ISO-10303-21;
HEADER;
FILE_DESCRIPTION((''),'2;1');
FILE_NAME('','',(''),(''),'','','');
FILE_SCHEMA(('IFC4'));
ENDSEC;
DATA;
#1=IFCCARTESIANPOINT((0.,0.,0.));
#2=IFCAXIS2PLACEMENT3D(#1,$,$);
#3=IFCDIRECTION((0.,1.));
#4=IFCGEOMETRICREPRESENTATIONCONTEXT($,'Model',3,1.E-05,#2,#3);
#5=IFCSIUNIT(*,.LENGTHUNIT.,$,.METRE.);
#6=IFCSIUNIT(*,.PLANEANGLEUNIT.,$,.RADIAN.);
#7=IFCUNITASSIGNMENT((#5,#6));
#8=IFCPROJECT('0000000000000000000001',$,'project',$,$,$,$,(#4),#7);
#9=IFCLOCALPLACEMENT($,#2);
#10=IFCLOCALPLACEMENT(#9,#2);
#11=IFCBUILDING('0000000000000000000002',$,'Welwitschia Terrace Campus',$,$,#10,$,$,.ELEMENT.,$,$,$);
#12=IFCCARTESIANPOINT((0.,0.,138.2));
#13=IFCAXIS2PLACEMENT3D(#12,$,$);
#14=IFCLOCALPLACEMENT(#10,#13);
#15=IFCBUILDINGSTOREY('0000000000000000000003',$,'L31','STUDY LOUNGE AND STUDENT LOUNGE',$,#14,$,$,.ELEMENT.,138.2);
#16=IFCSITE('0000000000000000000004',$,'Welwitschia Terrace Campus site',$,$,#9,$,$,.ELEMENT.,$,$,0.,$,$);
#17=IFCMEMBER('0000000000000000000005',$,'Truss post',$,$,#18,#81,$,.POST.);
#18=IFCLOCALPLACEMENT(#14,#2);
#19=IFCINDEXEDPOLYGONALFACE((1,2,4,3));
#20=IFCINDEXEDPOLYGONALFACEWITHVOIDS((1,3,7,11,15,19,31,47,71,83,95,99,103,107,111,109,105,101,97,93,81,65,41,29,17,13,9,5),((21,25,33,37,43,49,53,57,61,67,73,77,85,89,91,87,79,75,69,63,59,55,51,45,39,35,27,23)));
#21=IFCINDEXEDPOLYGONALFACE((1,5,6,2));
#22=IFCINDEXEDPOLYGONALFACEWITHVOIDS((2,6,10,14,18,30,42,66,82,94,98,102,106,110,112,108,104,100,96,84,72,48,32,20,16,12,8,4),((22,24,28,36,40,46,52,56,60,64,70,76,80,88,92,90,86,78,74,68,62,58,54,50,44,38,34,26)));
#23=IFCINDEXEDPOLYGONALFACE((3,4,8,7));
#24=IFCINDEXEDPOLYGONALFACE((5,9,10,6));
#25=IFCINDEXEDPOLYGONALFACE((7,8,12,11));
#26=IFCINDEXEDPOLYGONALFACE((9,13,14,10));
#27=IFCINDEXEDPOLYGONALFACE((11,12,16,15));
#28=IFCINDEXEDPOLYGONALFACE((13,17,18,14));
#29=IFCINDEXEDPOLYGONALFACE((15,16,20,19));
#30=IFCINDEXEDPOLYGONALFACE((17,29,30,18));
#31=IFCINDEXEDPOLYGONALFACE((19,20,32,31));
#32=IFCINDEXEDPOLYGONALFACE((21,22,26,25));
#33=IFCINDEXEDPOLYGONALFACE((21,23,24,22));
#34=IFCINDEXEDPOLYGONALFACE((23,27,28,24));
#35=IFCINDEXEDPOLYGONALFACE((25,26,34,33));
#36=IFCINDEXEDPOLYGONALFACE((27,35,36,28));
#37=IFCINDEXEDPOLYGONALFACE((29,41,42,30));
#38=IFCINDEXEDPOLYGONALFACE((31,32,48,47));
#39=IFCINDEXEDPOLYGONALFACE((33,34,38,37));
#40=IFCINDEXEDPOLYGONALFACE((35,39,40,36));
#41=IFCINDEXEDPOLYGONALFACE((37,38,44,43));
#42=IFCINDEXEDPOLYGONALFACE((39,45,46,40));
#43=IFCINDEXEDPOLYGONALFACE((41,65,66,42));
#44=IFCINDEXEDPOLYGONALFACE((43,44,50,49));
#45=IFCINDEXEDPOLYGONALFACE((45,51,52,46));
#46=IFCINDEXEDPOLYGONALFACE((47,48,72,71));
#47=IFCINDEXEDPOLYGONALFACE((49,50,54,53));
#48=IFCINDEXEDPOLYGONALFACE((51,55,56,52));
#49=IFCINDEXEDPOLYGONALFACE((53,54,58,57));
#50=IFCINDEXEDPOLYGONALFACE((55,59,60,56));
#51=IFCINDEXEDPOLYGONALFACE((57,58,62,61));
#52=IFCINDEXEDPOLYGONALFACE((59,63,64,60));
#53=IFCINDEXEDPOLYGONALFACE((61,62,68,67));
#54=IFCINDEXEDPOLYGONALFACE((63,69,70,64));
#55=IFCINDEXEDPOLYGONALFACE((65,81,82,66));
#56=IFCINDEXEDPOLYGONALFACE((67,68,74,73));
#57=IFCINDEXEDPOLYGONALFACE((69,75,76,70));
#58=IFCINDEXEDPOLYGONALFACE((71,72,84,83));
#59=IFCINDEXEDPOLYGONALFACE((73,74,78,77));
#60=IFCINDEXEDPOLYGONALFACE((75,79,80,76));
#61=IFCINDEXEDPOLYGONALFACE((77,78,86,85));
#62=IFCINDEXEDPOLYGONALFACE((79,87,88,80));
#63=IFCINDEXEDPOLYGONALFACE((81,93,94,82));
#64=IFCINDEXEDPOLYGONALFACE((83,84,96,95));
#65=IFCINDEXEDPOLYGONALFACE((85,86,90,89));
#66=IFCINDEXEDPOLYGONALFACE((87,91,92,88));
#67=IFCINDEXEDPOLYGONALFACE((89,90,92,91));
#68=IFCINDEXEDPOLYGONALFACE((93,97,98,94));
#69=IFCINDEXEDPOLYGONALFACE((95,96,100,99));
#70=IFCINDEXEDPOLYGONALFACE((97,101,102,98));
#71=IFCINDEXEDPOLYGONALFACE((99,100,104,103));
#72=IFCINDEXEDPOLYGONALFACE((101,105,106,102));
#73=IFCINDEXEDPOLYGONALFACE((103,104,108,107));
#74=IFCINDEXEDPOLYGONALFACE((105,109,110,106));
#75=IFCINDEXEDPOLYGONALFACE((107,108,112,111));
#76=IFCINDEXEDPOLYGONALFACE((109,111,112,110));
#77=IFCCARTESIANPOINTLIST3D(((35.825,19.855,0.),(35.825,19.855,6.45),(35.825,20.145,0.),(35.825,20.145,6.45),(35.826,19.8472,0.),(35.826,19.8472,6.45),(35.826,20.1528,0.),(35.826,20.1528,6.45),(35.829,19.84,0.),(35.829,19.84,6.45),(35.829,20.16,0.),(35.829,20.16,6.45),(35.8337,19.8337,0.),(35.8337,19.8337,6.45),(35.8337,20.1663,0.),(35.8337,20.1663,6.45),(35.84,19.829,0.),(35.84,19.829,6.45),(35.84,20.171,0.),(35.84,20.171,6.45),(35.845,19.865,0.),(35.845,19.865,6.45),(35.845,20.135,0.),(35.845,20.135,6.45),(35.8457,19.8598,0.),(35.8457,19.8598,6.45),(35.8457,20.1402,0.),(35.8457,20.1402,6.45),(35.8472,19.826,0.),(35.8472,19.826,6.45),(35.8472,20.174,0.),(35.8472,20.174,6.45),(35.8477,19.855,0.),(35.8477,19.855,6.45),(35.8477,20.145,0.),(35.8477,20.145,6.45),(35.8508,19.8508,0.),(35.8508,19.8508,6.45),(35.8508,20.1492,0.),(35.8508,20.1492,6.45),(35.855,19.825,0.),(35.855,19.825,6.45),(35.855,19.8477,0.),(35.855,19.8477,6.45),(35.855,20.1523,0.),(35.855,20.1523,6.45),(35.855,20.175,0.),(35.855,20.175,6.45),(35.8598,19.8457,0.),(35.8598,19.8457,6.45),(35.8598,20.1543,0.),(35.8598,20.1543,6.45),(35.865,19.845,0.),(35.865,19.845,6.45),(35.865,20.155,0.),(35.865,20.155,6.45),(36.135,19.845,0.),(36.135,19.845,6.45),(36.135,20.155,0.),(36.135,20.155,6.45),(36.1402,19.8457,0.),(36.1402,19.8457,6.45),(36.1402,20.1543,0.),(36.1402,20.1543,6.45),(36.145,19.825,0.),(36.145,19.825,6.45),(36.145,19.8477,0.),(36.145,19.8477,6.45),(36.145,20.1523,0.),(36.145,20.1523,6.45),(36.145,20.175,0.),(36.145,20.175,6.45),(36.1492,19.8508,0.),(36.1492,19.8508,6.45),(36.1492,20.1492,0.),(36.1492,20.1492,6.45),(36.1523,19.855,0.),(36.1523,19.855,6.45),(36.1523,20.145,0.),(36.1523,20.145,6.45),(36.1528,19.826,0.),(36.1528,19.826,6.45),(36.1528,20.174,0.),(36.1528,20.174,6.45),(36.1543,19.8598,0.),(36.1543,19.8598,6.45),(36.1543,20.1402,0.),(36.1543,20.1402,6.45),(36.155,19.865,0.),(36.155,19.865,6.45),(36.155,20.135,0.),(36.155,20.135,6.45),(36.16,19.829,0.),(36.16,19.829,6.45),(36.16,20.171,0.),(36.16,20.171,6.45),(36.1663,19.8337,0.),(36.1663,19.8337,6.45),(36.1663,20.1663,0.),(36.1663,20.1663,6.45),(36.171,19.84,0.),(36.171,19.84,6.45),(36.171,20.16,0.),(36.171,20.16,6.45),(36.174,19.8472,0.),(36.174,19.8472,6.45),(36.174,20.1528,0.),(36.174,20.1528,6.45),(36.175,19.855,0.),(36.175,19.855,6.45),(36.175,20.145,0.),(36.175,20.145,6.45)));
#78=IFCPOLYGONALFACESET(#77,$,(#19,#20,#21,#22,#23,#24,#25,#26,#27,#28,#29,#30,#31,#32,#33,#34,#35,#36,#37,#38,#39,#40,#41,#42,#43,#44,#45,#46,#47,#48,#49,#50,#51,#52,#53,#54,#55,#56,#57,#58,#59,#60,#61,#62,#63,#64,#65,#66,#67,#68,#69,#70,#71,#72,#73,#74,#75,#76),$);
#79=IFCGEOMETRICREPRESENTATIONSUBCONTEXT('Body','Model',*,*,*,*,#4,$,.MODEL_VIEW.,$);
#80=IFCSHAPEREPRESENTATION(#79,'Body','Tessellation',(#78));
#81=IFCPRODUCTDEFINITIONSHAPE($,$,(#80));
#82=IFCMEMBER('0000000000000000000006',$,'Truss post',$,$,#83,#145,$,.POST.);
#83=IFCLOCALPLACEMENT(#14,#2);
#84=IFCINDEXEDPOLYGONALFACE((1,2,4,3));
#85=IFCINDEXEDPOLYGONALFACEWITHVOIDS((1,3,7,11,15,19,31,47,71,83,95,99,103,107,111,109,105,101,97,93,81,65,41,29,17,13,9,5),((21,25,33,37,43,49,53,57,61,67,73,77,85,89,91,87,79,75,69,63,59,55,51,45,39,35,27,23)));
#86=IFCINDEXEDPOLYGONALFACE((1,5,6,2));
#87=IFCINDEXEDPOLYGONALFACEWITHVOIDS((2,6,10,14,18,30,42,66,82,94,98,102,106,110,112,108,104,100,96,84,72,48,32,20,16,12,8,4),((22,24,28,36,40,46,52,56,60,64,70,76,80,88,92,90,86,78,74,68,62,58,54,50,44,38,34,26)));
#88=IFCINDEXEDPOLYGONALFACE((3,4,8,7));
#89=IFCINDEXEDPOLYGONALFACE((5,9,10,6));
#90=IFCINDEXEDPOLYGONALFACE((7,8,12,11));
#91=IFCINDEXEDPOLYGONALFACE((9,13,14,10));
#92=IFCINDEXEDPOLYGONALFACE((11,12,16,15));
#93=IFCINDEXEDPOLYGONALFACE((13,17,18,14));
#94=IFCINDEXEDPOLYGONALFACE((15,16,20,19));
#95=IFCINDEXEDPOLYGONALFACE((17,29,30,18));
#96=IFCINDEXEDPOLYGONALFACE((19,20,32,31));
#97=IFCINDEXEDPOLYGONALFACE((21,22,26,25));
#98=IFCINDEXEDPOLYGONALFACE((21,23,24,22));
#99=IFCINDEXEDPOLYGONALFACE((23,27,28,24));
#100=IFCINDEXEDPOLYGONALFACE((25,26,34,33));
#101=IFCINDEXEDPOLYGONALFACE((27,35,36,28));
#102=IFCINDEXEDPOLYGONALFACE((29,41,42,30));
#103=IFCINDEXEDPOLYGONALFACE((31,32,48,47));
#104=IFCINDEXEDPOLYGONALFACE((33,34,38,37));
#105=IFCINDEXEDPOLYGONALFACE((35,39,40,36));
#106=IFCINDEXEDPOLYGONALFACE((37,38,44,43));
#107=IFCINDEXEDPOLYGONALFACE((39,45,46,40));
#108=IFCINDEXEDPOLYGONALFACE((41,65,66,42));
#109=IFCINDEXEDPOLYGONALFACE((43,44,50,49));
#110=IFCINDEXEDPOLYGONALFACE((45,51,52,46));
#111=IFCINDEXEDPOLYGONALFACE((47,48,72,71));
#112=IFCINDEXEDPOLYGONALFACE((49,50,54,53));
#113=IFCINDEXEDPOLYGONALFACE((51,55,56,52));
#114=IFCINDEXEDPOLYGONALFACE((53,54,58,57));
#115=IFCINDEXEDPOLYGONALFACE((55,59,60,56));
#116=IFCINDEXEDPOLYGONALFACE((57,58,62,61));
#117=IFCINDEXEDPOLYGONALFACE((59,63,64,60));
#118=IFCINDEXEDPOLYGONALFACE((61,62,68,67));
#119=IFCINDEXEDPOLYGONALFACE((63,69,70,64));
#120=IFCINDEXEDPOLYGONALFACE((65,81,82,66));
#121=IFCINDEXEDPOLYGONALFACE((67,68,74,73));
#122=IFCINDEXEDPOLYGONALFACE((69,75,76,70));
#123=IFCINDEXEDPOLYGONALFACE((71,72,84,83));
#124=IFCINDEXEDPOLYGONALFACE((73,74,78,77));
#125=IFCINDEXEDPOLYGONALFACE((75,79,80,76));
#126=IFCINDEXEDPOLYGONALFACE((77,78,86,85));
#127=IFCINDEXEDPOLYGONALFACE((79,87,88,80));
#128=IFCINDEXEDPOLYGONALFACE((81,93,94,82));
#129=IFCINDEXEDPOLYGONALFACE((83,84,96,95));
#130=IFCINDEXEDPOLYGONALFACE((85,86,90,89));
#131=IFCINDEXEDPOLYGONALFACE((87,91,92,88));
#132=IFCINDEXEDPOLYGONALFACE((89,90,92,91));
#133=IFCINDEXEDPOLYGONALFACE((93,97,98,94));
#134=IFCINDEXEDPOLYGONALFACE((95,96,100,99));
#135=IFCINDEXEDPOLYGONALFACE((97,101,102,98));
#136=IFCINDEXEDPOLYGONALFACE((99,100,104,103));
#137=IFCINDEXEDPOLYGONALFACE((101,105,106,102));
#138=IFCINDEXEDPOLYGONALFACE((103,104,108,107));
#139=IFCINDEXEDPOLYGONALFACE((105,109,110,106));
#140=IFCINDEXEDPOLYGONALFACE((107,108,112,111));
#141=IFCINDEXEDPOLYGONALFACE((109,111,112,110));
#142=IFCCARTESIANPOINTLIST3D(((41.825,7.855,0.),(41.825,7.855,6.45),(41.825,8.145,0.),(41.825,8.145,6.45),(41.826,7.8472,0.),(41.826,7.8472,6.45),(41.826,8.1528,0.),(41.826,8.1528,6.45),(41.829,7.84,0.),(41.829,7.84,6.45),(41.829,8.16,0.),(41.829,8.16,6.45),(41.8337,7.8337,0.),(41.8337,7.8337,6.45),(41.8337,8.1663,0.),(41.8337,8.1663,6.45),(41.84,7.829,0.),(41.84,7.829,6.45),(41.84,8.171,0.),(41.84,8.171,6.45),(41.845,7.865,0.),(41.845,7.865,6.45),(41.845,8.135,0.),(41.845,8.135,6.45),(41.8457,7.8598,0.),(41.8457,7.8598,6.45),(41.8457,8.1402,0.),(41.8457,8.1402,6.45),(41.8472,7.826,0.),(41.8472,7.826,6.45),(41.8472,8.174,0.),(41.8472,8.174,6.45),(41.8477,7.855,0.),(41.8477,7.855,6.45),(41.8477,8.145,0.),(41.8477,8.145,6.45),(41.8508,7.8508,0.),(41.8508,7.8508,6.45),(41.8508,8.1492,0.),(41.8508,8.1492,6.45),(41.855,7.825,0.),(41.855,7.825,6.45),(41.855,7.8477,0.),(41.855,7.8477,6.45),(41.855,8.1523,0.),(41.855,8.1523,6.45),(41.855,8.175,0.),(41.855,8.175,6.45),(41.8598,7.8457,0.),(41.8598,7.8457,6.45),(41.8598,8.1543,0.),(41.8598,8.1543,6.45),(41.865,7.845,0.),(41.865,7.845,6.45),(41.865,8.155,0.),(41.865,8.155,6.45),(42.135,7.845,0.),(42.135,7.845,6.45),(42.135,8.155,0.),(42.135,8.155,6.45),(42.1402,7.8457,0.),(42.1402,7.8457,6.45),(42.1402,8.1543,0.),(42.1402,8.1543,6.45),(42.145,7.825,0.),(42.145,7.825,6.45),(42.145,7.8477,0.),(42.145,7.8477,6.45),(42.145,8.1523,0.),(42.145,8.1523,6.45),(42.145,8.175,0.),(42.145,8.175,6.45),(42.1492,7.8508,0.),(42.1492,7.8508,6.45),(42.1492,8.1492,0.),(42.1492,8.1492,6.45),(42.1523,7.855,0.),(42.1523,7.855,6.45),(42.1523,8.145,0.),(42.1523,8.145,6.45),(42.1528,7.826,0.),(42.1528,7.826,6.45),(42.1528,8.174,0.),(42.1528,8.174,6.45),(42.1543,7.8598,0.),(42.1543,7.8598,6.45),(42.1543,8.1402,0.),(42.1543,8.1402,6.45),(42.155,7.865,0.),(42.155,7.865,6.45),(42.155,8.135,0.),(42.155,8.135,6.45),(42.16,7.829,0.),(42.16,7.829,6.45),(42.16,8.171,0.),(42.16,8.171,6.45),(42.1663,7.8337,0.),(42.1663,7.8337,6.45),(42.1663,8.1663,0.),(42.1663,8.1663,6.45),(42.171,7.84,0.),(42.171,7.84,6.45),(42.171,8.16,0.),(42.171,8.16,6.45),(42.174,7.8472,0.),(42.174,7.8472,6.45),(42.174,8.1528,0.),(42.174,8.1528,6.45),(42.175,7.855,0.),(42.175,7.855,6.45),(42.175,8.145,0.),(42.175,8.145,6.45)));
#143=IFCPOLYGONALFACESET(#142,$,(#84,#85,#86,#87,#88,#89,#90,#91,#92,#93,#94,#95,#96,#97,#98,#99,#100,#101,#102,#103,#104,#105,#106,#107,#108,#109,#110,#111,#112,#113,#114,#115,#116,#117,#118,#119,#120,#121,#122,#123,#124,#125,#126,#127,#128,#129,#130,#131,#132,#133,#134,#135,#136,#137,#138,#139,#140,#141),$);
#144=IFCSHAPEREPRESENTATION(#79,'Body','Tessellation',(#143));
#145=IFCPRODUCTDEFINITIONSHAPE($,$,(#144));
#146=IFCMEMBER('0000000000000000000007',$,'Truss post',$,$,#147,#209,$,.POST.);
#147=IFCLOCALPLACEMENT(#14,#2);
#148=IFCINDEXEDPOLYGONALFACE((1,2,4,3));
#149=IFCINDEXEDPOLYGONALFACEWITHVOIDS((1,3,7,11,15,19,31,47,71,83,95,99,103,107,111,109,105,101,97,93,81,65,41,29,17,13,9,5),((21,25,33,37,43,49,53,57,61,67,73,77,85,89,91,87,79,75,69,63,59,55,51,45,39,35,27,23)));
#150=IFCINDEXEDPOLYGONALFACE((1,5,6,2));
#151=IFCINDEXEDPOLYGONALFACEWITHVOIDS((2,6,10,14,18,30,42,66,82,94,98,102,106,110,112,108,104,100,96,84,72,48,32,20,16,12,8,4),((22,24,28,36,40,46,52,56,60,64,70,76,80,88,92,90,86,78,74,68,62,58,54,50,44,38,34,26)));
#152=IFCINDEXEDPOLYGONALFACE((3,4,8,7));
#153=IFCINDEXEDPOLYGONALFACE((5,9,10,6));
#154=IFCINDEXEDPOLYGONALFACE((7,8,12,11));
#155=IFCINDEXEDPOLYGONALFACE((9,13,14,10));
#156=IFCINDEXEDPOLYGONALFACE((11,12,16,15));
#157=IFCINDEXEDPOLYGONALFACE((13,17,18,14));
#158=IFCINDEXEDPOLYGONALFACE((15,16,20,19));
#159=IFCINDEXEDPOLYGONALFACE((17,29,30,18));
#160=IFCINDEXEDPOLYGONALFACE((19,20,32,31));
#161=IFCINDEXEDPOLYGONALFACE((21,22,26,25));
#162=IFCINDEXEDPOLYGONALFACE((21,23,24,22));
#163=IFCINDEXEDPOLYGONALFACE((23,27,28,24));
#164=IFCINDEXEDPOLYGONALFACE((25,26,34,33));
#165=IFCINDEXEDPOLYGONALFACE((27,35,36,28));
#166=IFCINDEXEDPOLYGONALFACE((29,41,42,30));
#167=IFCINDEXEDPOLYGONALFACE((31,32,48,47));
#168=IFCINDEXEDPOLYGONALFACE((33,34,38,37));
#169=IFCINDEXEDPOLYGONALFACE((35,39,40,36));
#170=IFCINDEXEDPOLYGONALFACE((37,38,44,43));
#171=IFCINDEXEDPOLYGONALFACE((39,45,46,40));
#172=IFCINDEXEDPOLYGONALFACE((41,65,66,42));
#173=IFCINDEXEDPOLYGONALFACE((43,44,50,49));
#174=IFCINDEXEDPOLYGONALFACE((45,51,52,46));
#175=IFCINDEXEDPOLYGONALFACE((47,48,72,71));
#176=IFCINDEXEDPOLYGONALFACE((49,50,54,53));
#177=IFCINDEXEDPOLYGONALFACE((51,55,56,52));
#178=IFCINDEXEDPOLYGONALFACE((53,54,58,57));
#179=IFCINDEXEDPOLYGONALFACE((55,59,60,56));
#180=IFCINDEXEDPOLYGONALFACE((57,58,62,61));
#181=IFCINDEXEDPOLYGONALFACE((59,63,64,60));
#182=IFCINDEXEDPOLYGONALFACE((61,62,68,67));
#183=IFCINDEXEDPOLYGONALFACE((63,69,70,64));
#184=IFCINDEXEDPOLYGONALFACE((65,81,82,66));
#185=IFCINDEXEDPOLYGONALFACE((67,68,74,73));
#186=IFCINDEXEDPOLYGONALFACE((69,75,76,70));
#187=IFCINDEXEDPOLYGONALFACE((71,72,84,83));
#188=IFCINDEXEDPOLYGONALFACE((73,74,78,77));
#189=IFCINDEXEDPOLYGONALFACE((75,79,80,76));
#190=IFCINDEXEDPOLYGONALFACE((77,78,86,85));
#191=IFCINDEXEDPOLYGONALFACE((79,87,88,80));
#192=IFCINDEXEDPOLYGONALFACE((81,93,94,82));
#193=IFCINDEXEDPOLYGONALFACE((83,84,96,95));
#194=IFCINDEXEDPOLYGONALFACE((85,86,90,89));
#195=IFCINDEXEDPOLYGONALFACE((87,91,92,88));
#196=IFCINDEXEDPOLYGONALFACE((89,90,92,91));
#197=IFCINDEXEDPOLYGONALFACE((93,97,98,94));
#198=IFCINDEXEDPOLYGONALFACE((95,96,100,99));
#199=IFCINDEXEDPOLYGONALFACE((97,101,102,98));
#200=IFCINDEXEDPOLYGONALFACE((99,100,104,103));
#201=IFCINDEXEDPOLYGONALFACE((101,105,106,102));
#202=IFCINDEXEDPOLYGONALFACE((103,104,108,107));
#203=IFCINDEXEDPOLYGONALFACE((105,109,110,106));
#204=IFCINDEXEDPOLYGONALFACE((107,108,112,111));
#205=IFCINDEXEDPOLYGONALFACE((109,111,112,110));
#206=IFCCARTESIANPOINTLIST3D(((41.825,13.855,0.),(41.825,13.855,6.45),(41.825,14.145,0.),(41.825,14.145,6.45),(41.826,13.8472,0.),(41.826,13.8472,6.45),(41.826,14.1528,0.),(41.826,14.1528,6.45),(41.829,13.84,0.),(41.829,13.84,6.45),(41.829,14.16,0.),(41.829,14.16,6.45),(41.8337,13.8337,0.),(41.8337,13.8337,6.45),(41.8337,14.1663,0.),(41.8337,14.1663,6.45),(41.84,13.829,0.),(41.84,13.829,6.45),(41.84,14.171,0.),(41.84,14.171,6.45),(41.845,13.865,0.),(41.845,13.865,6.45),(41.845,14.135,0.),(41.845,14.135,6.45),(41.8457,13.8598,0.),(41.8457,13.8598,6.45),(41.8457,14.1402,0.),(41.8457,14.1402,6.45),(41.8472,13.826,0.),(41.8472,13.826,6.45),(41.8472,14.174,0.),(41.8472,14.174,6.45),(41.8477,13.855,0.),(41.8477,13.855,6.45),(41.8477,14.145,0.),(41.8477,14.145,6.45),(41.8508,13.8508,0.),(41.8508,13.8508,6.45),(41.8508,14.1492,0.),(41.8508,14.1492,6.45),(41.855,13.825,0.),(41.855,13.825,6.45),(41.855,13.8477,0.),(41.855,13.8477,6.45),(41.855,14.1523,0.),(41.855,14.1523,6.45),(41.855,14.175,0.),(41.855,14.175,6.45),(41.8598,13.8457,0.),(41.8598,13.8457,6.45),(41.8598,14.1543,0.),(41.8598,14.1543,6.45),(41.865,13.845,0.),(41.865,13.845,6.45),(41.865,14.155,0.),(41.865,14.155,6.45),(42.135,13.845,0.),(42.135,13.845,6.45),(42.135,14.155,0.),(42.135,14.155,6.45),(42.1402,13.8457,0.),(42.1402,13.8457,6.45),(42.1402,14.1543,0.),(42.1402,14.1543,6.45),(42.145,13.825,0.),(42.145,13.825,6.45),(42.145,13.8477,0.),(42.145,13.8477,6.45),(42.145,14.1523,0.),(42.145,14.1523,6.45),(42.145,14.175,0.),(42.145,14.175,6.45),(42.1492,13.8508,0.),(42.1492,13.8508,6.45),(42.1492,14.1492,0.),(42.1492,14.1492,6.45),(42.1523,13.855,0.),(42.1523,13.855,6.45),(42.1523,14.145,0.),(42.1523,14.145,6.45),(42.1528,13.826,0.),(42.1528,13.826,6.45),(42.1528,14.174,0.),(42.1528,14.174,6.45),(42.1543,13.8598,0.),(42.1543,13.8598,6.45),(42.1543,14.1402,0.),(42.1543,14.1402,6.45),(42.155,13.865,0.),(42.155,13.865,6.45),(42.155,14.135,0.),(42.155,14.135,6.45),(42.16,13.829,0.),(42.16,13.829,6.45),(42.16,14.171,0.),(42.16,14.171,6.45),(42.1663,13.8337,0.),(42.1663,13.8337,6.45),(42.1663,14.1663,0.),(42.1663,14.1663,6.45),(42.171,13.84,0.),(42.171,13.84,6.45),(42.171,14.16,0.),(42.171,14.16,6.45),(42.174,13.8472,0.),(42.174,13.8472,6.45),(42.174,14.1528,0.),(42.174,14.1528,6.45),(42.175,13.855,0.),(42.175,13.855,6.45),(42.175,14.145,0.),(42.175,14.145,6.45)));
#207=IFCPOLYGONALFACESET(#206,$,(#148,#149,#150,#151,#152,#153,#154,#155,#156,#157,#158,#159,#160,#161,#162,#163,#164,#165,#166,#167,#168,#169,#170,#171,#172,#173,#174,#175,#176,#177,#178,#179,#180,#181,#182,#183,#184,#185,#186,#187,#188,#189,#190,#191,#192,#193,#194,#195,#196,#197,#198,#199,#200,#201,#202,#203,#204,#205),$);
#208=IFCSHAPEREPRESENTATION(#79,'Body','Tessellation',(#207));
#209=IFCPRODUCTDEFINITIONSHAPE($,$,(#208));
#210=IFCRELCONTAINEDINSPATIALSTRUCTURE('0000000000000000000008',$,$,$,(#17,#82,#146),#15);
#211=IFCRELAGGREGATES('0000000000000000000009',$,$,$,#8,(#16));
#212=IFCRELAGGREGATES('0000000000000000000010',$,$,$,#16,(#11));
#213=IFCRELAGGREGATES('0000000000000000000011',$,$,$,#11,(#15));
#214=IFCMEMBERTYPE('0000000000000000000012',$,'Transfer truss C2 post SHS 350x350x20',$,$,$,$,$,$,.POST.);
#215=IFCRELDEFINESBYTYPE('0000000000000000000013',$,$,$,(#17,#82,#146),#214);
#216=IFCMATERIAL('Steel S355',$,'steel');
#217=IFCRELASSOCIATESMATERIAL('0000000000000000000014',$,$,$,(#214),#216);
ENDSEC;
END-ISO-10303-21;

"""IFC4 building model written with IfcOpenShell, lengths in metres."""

from ifc_helpers import new_model, si_unit, direction, frame, origin, origin_2d, place, context, subcontext, project, spatial, hollow_rectangle, extrude, material, material_profile, profile_set, type_object, element, save


model = new_model("IFC4")

# Units and contexts
model_context = context("Model", 3, precision=1e-05, world=origin(), true_north=direction((0.0, 1.0)))
body_context = subcontext(model_context, "Body", "Model", "MODEL_VIEW")
ifc_project = project(units=[si_unit("LENGTHUNIT", "METRE"), si_unit("PLANEANGLEUNIT", "RADIAN")], contexts=[model_context])

# Site, building, storey
site_placement = place(None, origin())
site = spatial("IfcSite", under=ifc_project, at=site_placement, Name="Welwitschia Terrace Campus site", CompositionType="ELEMENT", RefElevation=0.0)
building_placement = place(site_placement, origin())
building = spatial("IfcBuilding", under=site, at=building_placement, Name="Welwitschia Terrace Campus", CompositionType="ELEMENT")
storey_placement = place(building_placement, frame((0.0, 0.0, 138.2)))
storey = spatial("IfcBuildingStorey", under=building, at=storey_placement, Name="L31", Description="STUDY LOUNGE AND STUDENT LOUNGE", CompositionType="ELEMENT", Elevation=138.2)

# Members
ifc_material_1 = material(Name="Steel S355", Category="steel")
ifc_material_profile_1 = material_profile(ifc_material_1, hollow_rectangle(XDim=0.3501, YDim=0.3501, WallThickness=0.02, InnerFilletRadius=0.02, OuterFilletRadius=0.03, at=origin_2d()))
ifc_profile_set_1 = profile_set([ifc_material_profile_1], Name="Steel S355")
member_type_1 = type_object("IfcMemberType", Name="Transfer truss C2 post SHS 350x350x20", PredefinedType="POST", material=ifc_profile_set_1)
for number, where, z_axis, x_axis, name in (
    (1, (36.0, 20.0, 0.0), (0.0, 0.0, 1.0), (1.0, 0.0, 0.0), "Truss post"),
    (2, (42.0, 8.0, 0.0), (0.0, 0.0, 1.0), (1.0, 0.0, 0.0), "Truss post"),
    (3, (42.0, 14.0, 0.0), (0.0, 0.0, 1.0), (1.0, 0.0, 0.0), "Truss post"),
):
    element("IfcMember", number, at=place(storey_placement, frame(where, z_axis=z_axis, x_axis=x_axis)), inside=storey, type_object=member_type_1, Name=name, PredefinedType="POST", context=body_context, shape_type="SweptSolid", body=[
        extrude(hollow_rectangle(XDim=0.3501, YDim=0.3501, WallThickness=0.02, InnerFilletRadius=0.02, OuterFilletRadius=0.03, at=origin_2d()), origin(), (0.0, 0.0, 1.0), 6.45),
    ])

save(model, "model.ifc")
